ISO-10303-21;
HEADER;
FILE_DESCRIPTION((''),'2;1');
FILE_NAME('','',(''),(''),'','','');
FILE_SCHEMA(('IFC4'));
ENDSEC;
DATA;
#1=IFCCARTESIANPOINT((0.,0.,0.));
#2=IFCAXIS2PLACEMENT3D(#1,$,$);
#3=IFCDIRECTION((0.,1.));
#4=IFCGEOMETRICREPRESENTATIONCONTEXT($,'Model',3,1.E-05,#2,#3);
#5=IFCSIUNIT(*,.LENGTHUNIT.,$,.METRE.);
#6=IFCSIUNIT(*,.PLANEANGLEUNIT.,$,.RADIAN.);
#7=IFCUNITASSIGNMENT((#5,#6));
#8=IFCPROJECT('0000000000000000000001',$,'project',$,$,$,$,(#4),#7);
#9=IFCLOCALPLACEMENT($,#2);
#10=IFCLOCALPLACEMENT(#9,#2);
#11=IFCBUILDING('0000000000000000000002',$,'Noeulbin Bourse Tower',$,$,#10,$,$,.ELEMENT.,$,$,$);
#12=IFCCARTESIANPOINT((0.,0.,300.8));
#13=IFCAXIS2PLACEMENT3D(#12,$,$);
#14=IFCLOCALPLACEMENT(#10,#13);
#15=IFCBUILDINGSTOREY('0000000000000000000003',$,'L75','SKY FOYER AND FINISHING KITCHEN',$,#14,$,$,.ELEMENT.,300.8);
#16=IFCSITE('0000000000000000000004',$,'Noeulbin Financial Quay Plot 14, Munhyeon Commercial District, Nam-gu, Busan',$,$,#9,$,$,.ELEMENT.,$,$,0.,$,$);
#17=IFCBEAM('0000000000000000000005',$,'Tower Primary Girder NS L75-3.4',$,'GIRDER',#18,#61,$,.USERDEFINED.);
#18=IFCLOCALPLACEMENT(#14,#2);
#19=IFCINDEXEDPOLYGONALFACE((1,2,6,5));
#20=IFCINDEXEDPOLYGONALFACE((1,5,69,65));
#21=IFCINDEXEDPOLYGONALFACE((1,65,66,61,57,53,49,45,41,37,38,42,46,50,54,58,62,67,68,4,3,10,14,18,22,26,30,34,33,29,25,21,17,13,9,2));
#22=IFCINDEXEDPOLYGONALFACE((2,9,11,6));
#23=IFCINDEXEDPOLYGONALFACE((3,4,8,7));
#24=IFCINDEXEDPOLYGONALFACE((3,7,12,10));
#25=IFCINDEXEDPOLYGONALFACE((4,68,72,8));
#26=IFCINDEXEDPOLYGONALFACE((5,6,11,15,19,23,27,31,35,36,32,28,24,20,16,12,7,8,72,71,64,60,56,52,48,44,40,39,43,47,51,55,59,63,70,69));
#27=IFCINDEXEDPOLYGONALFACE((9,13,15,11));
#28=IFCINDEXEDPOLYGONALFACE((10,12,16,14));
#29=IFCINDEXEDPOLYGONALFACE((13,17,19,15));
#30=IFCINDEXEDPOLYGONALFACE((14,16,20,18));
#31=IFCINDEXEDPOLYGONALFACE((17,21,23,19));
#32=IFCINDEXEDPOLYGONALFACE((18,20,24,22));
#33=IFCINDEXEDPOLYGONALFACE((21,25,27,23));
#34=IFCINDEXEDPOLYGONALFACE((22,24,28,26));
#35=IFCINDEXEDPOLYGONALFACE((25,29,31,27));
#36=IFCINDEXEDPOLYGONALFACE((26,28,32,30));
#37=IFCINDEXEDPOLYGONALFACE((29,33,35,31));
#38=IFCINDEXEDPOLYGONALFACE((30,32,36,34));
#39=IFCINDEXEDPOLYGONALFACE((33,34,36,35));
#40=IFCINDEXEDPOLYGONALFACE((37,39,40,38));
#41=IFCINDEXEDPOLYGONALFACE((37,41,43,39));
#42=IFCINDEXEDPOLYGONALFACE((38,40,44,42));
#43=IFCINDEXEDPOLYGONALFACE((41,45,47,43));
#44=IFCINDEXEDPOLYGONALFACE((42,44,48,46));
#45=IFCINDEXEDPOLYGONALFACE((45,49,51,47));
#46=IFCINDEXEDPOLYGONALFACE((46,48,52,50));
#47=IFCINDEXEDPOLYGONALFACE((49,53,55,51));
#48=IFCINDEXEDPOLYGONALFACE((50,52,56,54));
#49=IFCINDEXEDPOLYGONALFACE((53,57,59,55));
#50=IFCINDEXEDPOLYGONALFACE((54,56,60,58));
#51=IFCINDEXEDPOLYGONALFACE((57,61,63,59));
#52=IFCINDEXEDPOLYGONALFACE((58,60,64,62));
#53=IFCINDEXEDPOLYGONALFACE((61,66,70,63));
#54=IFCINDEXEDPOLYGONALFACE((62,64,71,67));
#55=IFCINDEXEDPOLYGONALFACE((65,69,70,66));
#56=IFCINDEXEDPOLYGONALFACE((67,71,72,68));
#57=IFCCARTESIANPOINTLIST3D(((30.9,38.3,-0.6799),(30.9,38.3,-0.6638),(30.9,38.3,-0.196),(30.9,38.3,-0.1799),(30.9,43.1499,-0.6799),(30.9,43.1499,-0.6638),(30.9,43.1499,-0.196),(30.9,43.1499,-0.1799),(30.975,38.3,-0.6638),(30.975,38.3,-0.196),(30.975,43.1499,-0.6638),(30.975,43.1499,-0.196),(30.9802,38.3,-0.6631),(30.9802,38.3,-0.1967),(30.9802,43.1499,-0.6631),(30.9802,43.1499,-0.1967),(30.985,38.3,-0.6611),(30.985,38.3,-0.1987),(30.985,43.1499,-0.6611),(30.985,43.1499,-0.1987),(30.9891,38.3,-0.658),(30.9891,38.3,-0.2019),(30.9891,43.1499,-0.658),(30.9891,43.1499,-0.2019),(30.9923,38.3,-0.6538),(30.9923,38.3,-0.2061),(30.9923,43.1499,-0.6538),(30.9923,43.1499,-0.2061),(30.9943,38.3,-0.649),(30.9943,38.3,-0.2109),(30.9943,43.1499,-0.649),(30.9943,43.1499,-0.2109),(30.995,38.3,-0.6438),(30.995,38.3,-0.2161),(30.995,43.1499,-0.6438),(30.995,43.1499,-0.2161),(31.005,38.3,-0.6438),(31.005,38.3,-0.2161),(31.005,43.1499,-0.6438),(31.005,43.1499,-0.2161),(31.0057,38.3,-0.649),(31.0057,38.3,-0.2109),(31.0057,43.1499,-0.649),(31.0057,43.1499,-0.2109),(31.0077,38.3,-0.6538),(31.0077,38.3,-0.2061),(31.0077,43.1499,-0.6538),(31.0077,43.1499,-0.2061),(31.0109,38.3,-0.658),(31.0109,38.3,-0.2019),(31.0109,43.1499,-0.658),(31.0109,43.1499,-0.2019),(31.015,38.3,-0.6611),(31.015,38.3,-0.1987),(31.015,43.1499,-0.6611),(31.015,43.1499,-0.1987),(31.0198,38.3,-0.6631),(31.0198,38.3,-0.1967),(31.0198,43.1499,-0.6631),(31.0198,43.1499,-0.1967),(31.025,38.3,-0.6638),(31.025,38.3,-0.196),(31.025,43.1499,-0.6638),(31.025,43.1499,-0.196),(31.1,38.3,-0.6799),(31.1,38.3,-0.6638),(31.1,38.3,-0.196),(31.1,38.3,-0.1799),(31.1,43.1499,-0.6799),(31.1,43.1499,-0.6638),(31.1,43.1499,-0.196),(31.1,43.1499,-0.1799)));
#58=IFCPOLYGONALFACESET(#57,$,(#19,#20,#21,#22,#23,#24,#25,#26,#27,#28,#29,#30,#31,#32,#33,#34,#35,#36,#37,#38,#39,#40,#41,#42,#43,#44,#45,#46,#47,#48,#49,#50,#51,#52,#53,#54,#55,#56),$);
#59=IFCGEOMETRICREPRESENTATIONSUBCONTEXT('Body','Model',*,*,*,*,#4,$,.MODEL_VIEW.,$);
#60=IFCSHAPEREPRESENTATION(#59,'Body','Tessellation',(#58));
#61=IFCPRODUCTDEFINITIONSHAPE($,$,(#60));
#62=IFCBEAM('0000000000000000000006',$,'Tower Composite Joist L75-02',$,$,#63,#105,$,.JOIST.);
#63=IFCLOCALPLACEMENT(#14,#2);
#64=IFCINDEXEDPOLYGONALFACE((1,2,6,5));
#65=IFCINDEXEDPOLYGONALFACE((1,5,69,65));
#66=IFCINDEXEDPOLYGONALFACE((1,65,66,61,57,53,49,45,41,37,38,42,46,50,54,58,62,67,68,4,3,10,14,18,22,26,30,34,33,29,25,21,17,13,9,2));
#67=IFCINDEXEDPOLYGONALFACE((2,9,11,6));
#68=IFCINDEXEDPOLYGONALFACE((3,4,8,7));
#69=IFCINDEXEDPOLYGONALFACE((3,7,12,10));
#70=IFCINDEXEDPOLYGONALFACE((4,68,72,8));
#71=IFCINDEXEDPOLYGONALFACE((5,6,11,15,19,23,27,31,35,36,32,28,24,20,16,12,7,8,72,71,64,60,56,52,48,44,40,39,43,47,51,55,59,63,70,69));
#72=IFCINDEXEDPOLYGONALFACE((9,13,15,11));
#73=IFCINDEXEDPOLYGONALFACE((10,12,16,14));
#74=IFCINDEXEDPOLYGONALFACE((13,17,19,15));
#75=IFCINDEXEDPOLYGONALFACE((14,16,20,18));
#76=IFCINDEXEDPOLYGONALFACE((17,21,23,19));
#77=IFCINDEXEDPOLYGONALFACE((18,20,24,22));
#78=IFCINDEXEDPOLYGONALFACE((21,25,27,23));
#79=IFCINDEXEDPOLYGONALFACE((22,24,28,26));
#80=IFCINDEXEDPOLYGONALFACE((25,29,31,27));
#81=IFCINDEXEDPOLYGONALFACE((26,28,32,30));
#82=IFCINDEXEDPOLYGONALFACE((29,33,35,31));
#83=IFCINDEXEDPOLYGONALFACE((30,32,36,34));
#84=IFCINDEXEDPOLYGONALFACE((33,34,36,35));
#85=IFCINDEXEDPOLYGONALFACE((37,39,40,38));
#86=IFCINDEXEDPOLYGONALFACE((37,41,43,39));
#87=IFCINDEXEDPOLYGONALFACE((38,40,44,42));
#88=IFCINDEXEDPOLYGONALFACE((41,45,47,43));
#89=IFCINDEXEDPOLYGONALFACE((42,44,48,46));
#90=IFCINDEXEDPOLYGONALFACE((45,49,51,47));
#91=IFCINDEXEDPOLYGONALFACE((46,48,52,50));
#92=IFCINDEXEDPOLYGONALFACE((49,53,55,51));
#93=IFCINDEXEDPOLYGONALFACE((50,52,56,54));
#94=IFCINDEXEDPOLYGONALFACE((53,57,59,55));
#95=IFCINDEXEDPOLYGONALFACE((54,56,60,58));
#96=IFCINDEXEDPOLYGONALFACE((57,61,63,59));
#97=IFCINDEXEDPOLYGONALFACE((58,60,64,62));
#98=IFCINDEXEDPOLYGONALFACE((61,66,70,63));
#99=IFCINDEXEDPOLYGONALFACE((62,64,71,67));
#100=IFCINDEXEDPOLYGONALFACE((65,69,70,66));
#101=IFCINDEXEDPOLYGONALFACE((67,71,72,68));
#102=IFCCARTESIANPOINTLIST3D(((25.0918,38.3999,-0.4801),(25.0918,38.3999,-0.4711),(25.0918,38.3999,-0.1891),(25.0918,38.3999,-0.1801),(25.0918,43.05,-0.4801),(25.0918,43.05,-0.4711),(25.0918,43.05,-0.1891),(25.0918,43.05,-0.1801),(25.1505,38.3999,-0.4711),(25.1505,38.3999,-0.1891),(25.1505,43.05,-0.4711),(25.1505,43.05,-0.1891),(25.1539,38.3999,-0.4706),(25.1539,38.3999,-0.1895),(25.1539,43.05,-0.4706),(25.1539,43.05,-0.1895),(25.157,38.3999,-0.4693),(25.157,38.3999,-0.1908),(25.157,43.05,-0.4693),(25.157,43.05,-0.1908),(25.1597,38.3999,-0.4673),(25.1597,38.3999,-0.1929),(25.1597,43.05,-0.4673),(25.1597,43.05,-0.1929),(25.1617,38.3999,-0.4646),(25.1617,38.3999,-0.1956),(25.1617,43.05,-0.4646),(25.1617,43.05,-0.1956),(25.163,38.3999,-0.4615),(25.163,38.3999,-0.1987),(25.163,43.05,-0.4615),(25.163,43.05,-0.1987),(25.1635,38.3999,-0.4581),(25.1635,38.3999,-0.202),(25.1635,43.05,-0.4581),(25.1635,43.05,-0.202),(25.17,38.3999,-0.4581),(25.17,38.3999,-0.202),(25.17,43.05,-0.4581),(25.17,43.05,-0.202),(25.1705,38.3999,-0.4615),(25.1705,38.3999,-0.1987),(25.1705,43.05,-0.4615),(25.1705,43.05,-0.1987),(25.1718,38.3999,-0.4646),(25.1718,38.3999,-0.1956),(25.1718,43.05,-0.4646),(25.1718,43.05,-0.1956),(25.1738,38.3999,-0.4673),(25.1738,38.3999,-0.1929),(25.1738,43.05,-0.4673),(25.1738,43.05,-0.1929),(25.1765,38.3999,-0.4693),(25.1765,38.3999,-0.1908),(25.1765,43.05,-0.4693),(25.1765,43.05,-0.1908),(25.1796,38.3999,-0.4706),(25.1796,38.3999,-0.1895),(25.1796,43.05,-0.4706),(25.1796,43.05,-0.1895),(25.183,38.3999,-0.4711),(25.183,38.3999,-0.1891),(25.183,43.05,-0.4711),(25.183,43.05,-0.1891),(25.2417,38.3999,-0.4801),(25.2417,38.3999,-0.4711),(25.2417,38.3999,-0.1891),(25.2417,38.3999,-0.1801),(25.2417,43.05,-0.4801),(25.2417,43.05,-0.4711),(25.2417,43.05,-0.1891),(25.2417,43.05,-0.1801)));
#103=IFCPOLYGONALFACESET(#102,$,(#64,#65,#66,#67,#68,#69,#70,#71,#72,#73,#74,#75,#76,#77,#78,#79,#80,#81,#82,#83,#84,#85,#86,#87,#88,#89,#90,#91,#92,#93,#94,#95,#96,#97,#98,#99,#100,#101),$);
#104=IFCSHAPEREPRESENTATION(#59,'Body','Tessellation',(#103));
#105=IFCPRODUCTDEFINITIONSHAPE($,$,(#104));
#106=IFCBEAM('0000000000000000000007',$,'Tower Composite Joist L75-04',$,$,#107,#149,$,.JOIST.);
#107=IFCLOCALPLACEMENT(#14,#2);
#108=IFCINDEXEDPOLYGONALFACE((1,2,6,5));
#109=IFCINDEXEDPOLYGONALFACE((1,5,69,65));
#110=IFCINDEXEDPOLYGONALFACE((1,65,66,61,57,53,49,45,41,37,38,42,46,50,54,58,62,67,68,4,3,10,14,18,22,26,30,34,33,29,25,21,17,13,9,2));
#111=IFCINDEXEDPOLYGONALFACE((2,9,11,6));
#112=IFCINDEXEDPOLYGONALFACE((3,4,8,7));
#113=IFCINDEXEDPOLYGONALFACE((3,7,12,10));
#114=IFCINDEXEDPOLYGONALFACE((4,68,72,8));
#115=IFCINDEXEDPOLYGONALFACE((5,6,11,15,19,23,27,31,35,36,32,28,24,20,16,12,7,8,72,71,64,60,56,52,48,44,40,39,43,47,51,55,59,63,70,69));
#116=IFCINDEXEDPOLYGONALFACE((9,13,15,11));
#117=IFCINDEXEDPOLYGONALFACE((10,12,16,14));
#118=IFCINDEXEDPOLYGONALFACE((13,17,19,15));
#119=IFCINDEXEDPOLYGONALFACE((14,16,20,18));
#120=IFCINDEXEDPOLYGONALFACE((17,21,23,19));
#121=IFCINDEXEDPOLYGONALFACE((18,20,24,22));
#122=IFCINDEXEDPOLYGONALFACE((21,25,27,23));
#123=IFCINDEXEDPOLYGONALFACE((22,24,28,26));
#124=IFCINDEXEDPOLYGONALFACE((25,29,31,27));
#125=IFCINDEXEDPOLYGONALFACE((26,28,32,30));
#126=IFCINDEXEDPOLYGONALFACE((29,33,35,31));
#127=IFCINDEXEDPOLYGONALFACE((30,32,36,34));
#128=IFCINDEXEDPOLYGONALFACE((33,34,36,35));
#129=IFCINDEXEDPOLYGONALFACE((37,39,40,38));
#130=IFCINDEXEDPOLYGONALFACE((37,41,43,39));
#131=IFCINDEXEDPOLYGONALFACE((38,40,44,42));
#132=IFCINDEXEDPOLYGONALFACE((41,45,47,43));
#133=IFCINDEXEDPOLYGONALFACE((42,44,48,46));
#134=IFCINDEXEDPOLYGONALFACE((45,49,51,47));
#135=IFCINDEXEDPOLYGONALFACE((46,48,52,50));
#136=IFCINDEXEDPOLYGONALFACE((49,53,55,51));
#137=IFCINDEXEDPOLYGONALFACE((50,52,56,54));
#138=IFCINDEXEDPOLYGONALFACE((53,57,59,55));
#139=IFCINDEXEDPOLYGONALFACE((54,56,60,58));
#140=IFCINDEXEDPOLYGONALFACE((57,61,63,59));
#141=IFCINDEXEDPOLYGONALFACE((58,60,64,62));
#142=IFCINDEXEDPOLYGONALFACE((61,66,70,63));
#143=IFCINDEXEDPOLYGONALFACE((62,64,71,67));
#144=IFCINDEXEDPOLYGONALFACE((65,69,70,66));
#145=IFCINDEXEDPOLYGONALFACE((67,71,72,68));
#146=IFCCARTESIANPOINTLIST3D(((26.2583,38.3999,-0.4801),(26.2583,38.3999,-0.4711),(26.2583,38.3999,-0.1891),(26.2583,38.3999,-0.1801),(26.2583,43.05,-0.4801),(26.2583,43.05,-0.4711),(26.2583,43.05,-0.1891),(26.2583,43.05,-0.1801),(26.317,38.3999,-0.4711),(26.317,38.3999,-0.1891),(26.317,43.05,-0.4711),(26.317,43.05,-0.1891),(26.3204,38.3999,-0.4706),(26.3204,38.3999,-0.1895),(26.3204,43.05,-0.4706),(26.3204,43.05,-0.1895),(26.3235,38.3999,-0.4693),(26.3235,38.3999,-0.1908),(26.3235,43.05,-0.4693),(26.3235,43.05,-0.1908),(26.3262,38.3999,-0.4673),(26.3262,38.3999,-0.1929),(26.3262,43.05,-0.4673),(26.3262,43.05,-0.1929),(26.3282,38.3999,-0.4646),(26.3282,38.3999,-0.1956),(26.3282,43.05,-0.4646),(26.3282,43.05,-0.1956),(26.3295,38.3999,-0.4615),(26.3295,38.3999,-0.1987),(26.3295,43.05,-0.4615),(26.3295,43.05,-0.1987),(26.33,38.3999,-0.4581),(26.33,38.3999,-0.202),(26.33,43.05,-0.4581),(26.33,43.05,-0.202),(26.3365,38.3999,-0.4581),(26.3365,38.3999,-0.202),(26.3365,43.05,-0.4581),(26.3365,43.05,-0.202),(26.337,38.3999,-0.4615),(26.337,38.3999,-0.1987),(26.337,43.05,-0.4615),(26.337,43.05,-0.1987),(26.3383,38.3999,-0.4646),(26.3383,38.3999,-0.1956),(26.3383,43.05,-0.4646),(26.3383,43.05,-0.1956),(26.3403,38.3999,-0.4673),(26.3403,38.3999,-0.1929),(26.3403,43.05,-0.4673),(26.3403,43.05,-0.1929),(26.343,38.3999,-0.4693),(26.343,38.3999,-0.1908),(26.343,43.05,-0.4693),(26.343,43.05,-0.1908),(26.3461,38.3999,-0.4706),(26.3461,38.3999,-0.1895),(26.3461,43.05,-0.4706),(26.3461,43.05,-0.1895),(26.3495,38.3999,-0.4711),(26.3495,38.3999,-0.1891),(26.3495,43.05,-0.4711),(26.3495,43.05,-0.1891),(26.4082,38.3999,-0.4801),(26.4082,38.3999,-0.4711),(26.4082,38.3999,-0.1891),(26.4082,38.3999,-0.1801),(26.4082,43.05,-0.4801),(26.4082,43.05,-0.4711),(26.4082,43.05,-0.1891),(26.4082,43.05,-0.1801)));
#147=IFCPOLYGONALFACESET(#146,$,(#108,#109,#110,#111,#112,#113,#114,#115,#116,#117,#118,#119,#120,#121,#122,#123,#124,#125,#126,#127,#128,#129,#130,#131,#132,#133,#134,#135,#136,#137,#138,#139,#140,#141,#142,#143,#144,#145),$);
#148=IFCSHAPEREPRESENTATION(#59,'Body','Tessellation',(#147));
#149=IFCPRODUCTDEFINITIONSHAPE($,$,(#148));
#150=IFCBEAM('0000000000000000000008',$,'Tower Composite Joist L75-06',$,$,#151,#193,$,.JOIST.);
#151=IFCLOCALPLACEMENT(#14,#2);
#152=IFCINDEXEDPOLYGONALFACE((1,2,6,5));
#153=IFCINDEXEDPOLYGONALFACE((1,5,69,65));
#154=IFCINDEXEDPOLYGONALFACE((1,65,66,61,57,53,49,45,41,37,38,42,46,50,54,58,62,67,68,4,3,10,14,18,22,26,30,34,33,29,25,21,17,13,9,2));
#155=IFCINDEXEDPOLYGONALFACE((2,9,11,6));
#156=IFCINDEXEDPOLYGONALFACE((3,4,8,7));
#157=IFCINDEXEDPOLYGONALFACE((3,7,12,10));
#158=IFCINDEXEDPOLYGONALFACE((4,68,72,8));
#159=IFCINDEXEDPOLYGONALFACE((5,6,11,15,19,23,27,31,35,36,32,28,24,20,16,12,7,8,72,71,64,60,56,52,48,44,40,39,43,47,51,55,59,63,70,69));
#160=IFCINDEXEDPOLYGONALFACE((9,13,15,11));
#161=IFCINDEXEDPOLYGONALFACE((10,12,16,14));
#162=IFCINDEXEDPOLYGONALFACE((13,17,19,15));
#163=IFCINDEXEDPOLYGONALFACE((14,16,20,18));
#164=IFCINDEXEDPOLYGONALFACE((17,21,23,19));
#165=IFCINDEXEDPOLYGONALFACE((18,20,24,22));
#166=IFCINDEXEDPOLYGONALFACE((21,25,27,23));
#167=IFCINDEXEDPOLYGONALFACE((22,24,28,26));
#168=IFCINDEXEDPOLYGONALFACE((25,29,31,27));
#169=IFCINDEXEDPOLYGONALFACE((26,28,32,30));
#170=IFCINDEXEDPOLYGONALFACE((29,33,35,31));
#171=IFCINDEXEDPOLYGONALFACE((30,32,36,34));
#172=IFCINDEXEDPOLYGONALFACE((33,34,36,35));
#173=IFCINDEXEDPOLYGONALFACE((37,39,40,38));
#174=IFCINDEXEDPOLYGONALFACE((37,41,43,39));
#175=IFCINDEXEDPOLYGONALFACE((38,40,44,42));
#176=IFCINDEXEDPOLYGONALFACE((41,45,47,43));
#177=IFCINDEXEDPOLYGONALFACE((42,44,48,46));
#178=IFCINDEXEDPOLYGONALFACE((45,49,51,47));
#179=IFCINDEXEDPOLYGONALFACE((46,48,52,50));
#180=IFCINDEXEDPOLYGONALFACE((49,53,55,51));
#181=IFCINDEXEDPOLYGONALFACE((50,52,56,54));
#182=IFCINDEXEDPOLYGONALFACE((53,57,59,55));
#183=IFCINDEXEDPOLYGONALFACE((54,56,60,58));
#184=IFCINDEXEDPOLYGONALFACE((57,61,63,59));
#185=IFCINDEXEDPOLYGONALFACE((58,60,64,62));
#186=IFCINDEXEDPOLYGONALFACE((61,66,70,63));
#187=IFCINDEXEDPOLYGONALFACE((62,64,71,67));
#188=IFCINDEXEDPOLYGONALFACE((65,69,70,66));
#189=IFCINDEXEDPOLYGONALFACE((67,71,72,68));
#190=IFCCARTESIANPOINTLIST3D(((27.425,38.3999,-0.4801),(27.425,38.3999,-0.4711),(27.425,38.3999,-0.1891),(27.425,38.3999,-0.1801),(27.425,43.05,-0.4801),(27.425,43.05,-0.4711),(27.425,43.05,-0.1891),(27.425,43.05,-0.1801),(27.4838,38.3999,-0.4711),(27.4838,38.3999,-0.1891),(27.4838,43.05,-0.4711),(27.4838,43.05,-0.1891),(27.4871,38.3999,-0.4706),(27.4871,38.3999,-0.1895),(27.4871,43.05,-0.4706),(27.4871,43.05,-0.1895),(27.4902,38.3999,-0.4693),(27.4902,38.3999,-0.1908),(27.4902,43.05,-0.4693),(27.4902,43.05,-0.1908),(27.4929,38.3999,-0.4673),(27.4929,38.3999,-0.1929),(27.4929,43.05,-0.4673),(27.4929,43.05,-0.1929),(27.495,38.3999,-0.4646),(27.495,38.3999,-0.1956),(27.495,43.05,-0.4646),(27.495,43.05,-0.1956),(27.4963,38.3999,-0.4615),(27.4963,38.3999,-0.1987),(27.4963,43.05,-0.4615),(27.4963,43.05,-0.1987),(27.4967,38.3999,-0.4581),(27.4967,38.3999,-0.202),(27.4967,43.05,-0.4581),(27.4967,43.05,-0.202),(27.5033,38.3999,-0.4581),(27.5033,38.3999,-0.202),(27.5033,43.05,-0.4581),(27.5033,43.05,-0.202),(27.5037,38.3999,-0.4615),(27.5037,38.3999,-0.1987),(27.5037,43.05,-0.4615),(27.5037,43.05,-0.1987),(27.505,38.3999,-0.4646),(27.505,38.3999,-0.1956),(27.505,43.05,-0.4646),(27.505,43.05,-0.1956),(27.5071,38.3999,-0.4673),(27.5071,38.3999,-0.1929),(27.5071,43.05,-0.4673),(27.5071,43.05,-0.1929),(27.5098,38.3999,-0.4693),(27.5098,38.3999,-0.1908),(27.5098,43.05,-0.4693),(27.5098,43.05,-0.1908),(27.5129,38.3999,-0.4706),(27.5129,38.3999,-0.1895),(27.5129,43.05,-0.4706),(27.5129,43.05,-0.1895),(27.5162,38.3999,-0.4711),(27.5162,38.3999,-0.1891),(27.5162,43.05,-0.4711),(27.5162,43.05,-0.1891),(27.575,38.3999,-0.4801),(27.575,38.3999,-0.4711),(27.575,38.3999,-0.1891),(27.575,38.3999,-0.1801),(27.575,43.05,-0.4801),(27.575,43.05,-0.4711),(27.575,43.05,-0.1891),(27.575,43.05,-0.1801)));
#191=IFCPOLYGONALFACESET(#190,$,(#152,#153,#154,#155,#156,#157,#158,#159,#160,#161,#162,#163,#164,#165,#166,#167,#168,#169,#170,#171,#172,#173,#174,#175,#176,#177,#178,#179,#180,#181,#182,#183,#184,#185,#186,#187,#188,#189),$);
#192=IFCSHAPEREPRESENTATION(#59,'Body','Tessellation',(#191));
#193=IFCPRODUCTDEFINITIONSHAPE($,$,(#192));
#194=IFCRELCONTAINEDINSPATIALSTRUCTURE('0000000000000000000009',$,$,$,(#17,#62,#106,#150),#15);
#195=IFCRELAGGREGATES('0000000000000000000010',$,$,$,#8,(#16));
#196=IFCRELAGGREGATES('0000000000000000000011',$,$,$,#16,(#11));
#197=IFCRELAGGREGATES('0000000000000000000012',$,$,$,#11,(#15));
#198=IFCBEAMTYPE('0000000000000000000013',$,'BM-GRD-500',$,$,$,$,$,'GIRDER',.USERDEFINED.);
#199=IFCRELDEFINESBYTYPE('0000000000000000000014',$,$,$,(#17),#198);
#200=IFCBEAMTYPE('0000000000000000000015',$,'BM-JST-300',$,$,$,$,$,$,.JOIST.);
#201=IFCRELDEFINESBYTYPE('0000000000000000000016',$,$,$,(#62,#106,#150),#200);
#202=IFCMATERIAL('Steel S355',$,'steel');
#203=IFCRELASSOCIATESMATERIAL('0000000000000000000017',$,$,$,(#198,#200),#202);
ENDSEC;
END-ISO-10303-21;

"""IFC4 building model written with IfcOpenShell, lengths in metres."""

from ifc_helpers import new_model, si_unit, direction, frame, origin, origin_2d, place, context, subcontext, project, spatial, i_section, extrude, material, material_profile, profile_set, type_object, element, save


model = new_model("IFC4")

# Units and contexts
model_context = context("Model", 3, precision=1e-05, world=origin(), true_north=direction((0.0, 1.0)))
body_context = subcontext(model_context, "Body", "Model", "MODEL_VIEW")
ifc_project = project(units=[si_unit("LENGTHUNIT", "METRE"), si_unit("PLANEANGLEUNIT", "RADIAN")], contexts=[model_context])

# Site, building, storey
site_placement = place(None, origin())
site = spatial("IfcSite", under=ifc_project, at=site_placement, Name="Noeulbin Financial Quay Plot 14, Munhyeon Commercial District, Nam-gu, Busan", CompositionType="ELEMENT", RefElevation=0.0)
building_placement = place(site_placement, origin())
building = spatial("IfcBuilding", under=site, at=building_placement, Name="Noeulbin Bourse Tower", CompositionType="ELEMENT")
storey_placement = place(building_placement, frame((0.0, 0.0, 300.8)))
storey = spatial("IfcBuildingStorey", under=building, at=storey_placement, Name="L75", Description="SKY FOYER AND FINISHING KITCHEN", CompositionType="ELEMENT", Elevation=300.8)

# Shared definitions
ifc_material_1 = material(Name="Steel S355", Category="steel")

# Beams
ifc_material_profile_1 = material_profile(ifc_material_1, i_section(OverallWidth=0.2, OverallDepth=0.5, WebThickness=0.01, FlangeThickness=0.0161, FilletRadius=0.02, at=origin_2d()), Name="H-500x200x10x16", Category="LoadBearing")
ifc_profile_set_1 = profile_set([ifc_material_profile_1], Name="Steel S355")
beam_type_1 = type_object("IfcBeamType", Name="BM-GRD-500", ElementType="GIRDER", PredefinedType="USERDEFINED", material=ifc_profile_set_1)
for number, where, z_axis, x_axis, name in (
    (1, (31.0, 38.3, -0.4299), (0.0, 1.0, 0.0), (-1.0, 0.0, 0.0), "Tower Primary Girder NS L75-3.4"),
):
    element("IfcBeam", number, at=place(storey_placement, frame(where, z_axis=z_axis, x_axis=x_axis)), inside=storey, type_object=beam_type_1, Name=name, ObjectType="GIRDER", PredefinedType="USERDEFINED", context=body_context, shape_type="SweptSolid", body=[
        extrude(i_section(OverallWidth=0.2, OverallDepth=0.5, WebThickness=0.01, FlangeThickness=0.0161, FilletRadius=0.02, at=origin_2d()), origin(), (0.0, 0.0, 1.0), 4.8499),
    ])
ifc_material_profile_2 = material_profile(ifc_material_1, i_section(OverallWidth=0.1499, OverallDepth=0.3, WebThickness=0.0066, FlangeThickness=0.009, FilletRadius=0.0129, at=origin_2d()), Name="H-300x150x6.5x9", Category="LoadBearing")
ifc_profile_set_2 = profile_set([ifc_material_profile_2], Name="Steel S355")
beam_type_2 = type_object("IfcBeamType", Name="BM-JST-300", PredefinedType="JOIST", material=ifc_profile_set_2)
for number, where, z_axis, x_axis, name in (
    (2, (25.1667, 38.3999, -0.3301), (0.0, 1.0, 0.0), (-1.0, 0.0, 0.0), "Tower Composite Joist L75-02"),
    (3, (26.3333, 38.3999, -0.3301), (0.0, 1.0, 0.0), (-1.0, 0.0, 0.0), "Tower Composite Joist L75-04"),
    (4, (27.5, 38.3999, -0.3301), (0.0, 1.0, 0.0), (-1.0, 0.0, 0.0), "Tower Composite Joist L75-06"),
):
    element("IfcBeam", number, at=place(storey_placement, frame(where, z_axis=z_axis, x_axis=x_axis)), inside=storey, type_object=beam_type_2, Name=name, PredefinedType="JOIST", context=body_context, shape_type="SweptSolid", body=[
        extrude(i_section(OverallWidth=0.1499, OverallDepth=0.3, WebThickness=0.0066, FlangeThickness=0.009, FilletRadius=0.0129, at=origin_2d()), origin(), (0.0, 0.0, 1.0), 4.6501),
    ])

save(model, "model.ifc")
